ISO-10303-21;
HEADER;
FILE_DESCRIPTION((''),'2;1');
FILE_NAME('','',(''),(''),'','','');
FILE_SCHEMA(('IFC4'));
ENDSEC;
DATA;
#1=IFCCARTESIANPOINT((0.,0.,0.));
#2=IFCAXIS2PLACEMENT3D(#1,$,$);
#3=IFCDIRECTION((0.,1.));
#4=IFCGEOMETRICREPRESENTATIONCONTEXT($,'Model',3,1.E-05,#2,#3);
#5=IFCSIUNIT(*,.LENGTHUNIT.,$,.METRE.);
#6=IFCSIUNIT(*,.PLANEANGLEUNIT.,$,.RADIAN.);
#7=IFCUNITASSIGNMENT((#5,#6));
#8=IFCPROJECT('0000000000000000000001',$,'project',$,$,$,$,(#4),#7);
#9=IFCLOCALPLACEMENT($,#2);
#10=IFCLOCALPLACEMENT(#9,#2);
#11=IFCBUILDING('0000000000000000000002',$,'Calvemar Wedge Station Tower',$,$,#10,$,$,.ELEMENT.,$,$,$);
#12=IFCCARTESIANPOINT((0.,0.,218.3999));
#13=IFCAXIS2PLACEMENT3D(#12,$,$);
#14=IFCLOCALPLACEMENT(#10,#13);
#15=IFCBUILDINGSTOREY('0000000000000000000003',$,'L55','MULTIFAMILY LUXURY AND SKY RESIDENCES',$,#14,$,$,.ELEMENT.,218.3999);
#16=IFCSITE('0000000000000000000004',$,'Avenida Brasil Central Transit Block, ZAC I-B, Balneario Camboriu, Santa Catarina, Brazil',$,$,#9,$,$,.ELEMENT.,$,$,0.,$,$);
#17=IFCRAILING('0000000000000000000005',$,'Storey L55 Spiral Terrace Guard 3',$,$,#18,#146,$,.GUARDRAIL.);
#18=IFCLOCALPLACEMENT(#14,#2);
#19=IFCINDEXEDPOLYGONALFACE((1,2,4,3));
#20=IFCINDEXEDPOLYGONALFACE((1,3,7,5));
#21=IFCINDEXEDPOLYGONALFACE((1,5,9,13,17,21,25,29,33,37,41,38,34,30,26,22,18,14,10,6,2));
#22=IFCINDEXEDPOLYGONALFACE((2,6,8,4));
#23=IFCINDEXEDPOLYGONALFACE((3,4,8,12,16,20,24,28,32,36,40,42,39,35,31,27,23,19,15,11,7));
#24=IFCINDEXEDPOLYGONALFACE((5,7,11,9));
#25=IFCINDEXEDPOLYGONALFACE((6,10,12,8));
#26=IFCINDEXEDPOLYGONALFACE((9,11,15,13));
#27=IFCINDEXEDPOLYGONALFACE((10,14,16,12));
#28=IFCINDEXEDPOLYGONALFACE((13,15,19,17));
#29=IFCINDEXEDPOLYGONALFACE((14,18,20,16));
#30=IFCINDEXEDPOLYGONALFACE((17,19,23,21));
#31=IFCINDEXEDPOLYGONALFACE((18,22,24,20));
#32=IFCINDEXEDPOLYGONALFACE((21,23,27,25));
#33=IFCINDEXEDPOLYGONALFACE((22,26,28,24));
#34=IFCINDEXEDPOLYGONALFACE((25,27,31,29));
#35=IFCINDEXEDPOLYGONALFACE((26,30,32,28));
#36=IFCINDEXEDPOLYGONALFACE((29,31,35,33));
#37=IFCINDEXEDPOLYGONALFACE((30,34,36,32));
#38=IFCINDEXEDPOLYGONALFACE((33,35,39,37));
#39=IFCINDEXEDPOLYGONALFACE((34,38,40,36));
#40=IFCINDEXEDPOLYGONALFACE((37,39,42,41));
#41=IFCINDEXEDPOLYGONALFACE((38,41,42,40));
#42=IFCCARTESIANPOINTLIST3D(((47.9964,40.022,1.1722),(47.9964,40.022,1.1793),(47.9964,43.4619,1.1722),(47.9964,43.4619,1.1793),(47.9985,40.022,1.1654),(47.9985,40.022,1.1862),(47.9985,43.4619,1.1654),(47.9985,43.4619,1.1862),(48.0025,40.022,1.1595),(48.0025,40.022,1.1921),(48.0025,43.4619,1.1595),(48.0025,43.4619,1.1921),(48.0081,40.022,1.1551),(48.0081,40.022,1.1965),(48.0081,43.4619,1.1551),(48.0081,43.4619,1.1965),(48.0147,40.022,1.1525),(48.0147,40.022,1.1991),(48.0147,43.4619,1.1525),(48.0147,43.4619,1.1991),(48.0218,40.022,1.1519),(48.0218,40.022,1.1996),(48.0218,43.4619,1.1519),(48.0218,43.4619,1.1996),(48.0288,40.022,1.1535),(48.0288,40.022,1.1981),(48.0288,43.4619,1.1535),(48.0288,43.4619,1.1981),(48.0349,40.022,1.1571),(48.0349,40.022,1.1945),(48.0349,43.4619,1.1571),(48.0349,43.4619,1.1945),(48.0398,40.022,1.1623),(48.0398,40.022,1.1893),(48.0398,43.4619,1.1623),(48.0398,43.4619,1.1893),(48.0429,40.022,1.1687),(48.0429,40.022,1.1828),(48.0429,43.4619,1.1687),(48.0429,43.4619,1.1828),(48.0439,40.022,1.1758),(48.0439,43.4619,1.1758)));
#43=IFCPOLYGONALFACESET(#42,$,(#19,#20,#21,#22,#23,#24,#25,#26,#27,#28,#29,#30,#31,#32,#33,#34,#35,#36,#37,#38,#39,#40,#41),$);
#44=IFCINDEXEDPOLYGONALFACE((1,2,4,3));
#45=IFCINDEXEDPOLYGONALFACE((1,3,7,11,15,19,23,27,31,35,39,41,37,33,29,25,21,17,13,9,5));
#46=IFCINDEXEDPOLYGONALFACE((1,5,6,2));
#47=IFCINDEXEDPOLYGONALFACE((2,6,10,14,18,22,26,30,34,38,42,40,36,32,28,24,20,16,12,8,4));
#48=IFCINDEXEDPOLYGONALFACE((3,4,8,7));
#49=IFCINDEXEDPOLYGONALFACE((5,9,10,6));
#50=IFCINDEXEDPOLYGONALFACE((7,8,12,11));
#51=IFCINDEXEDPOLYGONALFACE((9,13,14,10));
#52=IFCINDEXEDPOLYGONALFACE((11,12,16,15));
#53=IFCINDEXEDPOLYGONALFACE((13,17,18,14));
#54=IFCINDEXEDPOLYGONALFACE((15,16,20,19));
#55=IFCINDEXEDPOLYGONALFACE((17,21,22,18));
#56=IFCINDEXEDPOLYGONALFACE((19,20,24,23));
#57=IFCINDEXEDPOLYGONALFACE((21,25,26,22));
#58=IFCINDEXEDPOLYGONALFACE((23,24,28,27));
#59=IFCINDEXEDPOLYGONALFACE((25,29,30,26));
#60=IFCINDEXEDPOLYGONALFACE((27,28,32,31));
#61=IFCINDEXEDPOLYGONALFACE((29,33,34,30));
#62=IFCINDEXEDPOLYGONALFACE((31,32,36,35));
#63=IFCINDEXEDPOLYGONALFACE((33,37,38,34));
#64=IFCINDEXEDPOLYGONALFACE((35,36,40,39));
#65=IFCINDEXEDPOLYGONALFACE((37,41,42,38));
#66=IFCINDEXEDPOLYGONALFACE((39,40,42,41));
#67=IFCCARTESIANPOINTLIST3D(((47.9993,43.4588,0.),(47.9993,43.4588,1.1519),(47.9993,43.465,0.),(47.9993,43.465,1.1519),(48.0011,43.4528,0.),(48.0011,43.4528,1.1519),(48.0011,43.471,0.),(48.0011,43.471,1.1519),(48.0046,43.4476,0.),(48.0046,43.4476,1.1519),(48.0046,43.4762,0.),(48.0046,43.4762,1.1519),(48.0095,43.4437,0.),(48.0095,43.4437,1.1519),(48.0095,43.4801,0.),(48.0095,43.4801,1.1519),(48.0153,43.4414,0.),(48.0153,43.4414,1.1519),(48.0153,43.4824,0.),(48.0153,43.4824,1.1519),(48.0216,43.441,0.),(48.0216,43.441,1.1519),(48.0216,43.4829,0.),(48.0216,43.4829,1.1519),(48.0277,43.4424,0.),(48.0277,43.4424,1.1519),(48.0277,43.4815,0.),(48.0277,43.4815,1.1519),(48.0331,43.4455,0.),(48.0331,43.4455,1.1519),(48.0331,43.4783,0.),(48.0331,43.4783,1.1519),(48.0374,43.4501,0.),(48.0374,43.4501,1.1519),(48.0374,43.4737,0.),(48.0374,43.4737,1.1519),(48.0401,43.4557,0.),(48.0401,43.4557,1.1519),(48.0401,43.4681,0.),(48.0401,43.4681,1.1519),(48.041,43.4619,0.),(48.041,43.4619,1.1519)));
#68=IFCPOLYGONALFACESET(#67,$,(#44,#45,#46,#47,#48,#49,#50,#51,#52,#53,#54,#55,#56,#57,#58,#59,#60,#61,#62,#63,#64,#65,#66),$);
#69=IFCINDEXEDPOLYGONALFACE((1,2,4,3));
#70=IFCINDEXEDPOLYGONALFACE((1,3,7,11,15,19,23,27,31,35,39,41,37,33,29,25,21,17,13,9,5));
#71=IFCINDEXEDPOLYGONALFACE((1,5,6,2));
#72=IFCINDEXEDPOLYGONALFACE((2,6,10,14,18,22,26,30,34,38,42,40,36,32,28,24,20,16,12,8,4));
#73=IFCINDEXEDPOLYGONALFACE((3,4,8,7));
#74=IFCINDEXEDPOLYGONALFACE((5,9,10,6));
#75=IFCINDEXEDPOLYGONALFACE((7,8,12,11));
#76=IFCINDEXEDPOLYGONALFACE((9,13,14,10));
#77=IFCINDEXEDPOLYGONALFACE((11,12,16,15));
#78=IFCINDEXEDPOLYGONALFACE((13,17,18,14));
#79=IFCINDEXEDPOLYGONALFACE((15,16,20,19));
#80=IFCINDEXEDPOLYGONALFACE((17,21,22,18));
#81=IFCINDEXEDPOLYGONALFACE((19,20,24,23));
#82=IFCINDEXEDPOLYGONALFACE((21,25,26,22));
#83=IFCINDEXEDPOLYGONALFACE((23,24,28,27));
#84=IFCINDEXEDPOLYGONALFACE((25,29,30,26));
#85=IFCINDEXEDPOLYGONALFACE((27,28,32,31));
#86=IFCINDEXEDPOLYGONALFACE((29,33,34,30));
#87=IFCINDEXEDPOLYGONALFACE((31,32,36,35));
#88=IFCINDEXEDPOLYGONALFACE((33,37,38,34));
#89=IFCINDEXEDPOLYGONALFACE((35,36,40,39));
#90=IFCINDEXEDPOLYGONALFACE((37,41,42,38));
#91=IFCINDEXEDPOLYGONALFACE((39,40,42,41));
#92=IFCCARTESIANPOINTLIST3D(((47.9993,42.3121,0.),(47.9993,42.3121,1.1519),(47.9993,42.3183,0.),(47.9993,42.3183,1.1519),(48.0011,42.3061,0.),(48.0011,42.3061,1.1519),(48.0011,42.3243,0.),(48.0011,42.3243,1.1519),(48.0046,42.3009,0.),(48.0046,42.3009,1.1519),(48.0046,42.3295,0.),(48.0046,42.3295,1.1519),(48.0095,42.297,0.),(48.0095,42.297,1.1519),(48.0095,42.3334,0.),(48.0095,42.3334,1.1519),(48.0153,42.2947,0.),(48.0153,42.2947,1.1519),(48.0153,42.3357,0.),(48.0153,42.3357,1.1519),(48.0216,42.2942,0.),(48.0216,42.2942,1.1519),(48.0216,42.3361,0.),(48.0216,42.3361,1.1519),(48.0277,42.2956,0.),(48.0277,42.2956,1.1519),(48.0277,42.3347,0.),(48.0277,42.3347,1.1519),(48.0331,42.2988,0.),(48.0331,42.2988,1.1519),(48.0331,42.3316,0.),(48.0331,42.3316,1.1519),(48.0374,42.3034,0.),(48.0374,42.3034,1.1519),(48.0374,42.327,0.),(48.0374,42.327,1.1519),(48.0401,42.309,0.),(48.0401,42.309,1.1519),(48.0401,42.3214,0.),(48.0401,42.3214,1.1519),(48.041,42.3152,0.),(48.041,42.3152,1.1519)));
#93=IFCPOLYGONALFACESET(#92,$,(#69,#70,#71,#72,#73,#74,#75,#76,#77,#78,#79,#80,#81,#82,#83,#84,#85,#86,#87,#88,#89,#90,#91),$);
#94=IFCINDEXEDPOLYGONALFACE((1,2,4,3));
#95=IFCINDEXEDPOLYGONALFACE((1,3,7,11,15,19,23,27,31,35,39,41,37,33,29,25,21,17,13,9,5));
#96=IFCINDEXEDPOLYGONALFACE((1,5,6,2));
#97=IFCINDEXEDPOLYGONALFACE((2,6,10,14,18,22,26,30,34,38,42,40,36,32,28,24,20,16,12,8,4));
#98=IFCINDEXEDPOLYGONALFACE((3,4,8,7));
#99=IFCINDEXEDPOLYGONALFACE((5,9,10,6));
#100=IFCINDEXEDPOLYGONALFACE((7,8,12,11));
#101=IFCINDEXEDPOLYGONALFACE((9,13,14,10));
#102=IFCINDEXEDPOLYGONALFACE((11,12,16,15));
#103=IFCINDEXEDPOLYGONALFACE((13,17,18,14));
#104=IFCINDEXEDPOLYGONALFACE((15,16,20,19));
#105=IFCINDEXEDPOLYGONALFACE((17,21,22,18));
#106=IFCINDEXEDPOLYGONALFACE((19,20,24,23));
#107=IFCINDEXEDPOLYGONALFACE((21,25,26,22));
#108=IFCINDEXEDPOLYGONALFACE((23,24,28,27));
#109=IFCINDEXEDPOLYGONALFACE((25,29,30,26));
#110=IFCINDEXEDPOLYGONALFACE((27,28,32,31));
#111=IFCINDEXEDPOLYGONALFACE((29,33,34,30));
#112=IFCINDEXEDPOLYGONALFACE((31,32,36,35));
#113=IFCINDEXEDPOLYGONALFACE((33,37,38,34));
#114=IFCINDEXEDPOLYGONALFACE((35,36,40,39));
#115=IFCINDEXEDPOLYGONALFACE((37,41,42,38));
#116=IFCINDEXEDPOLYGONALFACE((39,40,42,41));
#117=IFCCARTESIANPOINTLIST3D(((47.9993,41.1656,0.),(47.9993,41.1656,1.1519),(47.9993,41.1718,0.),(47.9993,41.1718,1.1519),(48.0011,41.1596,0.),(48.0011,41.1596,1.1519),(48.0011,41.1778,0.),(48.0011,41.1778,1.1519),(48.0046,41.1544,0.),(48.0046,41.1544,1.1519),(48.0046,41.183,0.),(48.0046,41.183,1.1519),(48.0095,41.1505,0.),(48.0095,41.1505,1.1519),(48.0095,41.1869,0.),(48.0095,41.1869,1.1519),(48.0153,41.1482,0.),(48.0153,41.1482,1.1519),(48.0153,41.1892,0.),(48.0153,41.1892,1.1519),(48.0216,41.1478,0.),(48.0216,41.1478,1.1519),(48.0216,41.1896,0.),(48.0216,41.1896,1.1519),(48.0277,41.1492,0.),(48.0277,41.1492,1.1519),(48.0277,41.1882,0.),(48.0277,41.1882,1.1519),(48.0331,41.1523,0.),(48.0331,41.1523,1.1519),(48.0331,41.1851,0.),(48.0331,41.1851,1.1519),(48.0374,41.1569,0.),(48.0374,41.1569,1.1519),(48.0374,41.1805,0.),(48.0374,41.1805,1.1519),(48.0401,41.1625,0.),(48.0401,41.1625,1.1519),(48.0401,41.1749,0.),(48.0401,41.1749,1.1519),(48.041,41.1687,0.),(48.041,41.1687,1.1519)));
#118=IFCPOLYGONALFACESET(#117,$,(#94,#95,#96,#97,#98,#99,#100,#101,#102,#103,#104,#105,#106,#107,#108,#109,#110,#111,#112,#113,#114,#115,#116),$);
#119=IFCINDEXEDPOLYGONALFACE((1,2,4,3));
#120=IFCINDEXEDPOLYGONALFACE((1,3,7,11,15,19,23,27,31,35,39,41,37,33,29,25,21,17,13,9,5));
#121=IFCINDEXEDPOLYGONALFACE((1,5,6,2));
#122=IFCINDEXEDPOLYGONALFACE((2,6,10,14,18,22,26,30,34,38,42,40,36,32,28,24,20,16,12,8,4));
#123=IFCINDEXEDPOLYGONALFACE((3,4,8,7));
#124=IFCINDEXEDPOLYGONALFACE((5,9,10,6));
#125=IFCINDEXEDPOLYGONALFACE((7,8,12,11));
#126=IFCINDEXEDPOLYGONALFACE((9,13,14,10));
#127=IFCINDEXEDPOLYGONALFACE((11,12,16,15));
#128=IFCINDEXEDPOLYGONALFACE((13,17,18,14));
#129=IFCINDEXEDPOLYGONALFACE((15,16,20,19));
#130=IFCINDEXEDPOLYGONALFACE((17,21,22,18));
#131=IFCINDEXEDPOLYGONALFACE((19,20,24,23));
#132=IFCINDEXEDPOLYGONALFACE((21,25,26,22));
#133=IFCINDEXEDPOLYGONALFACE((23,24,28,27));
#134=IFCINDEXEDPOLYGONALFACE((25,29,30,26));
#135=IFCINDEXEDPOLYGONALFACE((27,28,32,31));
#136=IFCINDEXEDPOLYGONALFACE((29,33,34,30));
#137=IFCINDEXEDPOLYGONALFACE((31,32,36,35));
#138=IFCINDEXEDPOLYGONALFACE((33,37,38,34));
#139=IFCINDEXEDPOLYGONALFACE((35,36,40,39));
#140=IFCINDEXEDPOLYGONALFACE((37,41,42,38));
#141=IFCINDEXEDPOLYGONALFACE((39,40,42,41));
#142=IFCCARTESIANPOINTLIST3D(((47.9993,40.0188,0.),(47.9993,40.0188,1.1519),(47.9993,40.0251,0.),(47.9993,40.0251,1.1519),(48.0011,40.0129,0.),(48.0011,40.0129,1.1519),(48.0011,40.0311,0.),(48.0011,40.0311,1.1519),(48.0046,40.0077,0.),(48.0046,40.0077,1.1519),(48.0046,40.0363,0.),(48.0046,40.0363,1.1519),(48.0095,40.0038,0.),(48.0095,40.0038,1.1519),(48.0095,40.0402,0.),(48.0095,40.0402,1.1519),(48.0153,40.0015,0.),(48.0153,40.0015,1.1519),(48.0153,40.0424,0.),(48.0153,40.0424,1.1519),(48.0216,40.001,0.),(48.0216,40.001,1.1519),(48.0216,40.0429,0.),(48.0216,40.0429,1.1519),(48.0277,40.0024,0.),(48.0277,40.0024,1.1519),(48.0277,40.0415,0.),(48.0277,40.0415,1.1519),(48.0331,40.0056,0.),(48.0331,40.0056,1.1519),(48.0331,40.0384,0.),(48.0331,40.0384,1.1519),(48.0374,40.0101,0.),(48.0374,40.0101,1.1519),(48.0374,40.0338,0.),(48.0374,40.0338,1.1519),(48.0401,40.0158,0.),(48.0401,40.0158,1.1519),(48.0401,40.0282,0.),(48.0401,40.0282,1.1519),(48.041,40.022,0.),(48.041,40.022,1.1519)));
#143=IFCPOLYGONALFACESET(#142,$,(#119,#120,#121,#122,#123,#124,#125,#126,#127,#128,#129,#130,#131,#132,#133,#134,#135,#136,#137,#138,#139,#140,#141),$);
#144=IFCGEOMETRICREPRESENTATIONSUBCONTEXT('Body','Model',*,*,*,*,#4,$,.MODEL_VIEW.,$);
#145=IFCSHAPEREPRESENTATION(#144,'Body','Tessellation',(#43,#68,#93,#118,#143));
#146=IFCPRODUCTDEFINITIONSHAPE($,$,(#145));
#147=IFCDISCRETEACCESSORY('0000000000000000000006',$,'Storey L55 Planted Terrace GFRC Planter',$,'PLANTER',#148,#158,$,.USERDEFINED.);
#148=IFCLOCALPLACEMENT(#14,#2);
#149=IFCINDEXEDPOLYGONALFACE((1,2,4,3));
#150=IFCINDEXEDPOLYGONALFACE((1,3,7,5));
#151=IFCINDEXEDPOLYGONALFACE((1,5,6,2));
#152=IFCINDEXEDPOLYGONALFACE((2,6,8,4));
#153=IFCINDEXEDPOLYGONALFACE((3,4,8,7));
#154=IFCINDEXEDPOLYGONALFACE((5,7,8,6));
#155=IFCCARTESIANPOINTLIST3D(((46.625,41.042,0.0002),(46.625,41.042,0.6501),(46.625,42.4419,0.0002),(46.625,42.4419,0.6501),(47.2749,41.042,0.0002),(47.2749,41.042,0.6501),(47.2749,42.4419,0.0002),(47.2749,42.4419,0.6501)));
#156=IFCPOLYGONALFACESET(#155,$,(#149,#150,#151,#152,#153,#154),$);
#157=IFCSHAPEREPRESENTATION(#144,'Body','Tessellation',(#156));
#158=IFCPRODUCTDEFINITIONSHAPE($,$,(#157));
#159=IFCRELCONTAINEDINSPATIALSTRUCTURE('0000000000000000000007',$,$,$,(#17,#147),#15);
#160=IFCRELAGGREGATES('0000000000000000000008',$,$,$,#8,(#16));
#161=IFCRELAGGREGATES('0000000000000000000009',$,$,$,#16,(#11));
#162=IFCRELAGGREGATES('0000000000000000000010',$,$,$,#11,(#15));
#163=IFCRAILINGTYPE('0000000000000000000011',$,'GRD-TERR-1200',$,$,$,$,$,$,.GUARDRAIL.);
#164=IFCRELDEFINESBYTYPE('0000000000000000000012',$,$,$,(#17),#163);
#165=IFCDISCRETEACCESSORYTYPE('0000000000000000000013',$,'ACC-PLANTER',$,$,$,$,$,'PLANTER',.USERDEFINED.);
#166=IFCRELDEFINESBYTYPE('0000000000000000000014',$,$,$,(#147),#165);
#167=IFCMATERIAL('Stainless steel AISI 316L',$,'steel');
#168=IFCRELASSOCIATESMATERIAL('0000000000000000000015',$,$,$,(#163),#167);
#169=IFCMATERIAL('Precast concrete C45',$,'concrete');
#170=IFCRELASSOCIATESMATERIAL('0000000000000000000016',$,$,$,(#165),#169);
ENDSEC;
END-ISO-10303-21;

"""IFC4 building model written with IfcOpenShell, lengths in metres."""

from ifc_helpers import new_model, si_unit, direction, frame, origin, origin_2d, place, context, subcontext, project, spatial, rectangle, circle, extrude, source, transform, mapped, material, type_object, element, save


model = new_model("IFC4")

# Units and contexts
model_context = context("Model", 3, precision=1e-05, world=origin(), true_north=direction((0.0, 1.0)))
body_context = subcontext(model_context, "Body", "Model", "MODEL_VIEW")
ifc_project = project(units=[si_unit("LENGTHUNIT", "METRE"), si_unit("PLANEANGLEUNIT", "RADIAN")], contexts=[model_context])

# Site, building, storey
site_placement = place(None, origin())
site = spatial("IfcSite", under=ifc_project, at=site_placement, Name="Avenida Brasil Central Transit Block, ZAC I-B, Balneario Camboriu, Santa Catarina, Brazil", CompositionType="ELEMENT", RefElevation=0.0)
building_placement = place(site_placement, origin())
building = spatial("IfcBuilding", under=site, at=building_placement, Name="Calvemar Wedge Station Tower", CompositionType="ELEMENT")
storey_placement = place(building_placement, frame((0.0, 0.0, 218.3999)))
storey = spatial("IfcBuildingStorey", under=building, at=storey_placement, Name="L55", Description="MULTIFAMILY LUXURY AND SKY RESIDENCES", CompositionType="ELEMENT", Elevation=218.3999)

# Shared definitions
ifc_material_1 = material(Name="Precast concrete C45", Category="concrete")

# Railing
ifc_material_2 = material(Name="Stainless steel AISI 316L", Category="steel")
railing_type = type_object("IfcRailingType", Name="GRD-TERR-1200", PredefinedType="GUARDRAIL", material=ifc_material_2)
railing_1_placement = place(storey_placement, frame((48.02, 43.4619, 0.0)))
element("IfcRailing", 1, at=railing_1_placement, inside=storey, type_object=railing_type, Name="Storey L55 Spiral Terrace Guard 3", PredefinedType="GUARDRAIL", context=body_context, shape_type="SweptSolid", body=[
    extrude(circle(Radius=0.0239, at=origin_2d()), frame((0.0, 0.0, 1.1758), z_axis=(0.0, -1.0, 0.0), x_axis=(1.0, 0.0, 0.0)), (0.0, 0.0, 1.0), 3.4399),
    extrude(circle(Radius=0.021, at=origin_2d()), origin(), (0.0, 0.0, 1.0), 1.1519),
    extrude(circle(Radius=0.021, at=origin_2d()), frame((0.0, -1.1467, 0.0)), (0.0, 0.0, 1.0), 1.1519),
    extrude(circle(Radius=0.021, at=origin_2d()), frame((0.0, -2.2932, 0.0)), (0.0, 0.0, 1.0), 1.1519),
    extrude(circle(Radius=0.021, at=origin_2d()), frame((0.0, -3.4399, 0.0)), (0.0, 0.0, 1.0), 1.1519),
])

# Discrete accessory
discrete_accessory_type = type_object("IfcDiscreteAccessoryType", Name="ACC-PLANTER", ElementType="PLANTER", PredefinedType="USERDEFINED", material=ifc_material_1)
shared_shape_1 = source(origin(), body_context, "Body", "SweptSolid", [
    extrude(rectangle(XDim=0.6499, YDim=1.3999, at=origin_2d()), origin(), (0.0, 0.0, 1.0), 0.6499),
])
discrete_accessory_placement = place(storey_placement, frame((46.95, 41.7419, 0.0002), z_axis=(0.0, 0.0, 1.0), x_axis=(1.0, 0.0, 0.0)))
element("IfcDiscreteAccessory", 2, at=discrete_accessory_placement, inside=storey, type_object=discrete_accessory_type, Name="Storey L55 Planted Terrace GFRC Planter", ObjectType="PLANTER", PredefinedType="USERDEFINED", context=body_context, shape_type="MappedRepresentation", body=[
    mapped(shared_shape_1, transform((0.0, 0.0, 0.0), scale=1.0)),
])

save(model, "model.ifc")
